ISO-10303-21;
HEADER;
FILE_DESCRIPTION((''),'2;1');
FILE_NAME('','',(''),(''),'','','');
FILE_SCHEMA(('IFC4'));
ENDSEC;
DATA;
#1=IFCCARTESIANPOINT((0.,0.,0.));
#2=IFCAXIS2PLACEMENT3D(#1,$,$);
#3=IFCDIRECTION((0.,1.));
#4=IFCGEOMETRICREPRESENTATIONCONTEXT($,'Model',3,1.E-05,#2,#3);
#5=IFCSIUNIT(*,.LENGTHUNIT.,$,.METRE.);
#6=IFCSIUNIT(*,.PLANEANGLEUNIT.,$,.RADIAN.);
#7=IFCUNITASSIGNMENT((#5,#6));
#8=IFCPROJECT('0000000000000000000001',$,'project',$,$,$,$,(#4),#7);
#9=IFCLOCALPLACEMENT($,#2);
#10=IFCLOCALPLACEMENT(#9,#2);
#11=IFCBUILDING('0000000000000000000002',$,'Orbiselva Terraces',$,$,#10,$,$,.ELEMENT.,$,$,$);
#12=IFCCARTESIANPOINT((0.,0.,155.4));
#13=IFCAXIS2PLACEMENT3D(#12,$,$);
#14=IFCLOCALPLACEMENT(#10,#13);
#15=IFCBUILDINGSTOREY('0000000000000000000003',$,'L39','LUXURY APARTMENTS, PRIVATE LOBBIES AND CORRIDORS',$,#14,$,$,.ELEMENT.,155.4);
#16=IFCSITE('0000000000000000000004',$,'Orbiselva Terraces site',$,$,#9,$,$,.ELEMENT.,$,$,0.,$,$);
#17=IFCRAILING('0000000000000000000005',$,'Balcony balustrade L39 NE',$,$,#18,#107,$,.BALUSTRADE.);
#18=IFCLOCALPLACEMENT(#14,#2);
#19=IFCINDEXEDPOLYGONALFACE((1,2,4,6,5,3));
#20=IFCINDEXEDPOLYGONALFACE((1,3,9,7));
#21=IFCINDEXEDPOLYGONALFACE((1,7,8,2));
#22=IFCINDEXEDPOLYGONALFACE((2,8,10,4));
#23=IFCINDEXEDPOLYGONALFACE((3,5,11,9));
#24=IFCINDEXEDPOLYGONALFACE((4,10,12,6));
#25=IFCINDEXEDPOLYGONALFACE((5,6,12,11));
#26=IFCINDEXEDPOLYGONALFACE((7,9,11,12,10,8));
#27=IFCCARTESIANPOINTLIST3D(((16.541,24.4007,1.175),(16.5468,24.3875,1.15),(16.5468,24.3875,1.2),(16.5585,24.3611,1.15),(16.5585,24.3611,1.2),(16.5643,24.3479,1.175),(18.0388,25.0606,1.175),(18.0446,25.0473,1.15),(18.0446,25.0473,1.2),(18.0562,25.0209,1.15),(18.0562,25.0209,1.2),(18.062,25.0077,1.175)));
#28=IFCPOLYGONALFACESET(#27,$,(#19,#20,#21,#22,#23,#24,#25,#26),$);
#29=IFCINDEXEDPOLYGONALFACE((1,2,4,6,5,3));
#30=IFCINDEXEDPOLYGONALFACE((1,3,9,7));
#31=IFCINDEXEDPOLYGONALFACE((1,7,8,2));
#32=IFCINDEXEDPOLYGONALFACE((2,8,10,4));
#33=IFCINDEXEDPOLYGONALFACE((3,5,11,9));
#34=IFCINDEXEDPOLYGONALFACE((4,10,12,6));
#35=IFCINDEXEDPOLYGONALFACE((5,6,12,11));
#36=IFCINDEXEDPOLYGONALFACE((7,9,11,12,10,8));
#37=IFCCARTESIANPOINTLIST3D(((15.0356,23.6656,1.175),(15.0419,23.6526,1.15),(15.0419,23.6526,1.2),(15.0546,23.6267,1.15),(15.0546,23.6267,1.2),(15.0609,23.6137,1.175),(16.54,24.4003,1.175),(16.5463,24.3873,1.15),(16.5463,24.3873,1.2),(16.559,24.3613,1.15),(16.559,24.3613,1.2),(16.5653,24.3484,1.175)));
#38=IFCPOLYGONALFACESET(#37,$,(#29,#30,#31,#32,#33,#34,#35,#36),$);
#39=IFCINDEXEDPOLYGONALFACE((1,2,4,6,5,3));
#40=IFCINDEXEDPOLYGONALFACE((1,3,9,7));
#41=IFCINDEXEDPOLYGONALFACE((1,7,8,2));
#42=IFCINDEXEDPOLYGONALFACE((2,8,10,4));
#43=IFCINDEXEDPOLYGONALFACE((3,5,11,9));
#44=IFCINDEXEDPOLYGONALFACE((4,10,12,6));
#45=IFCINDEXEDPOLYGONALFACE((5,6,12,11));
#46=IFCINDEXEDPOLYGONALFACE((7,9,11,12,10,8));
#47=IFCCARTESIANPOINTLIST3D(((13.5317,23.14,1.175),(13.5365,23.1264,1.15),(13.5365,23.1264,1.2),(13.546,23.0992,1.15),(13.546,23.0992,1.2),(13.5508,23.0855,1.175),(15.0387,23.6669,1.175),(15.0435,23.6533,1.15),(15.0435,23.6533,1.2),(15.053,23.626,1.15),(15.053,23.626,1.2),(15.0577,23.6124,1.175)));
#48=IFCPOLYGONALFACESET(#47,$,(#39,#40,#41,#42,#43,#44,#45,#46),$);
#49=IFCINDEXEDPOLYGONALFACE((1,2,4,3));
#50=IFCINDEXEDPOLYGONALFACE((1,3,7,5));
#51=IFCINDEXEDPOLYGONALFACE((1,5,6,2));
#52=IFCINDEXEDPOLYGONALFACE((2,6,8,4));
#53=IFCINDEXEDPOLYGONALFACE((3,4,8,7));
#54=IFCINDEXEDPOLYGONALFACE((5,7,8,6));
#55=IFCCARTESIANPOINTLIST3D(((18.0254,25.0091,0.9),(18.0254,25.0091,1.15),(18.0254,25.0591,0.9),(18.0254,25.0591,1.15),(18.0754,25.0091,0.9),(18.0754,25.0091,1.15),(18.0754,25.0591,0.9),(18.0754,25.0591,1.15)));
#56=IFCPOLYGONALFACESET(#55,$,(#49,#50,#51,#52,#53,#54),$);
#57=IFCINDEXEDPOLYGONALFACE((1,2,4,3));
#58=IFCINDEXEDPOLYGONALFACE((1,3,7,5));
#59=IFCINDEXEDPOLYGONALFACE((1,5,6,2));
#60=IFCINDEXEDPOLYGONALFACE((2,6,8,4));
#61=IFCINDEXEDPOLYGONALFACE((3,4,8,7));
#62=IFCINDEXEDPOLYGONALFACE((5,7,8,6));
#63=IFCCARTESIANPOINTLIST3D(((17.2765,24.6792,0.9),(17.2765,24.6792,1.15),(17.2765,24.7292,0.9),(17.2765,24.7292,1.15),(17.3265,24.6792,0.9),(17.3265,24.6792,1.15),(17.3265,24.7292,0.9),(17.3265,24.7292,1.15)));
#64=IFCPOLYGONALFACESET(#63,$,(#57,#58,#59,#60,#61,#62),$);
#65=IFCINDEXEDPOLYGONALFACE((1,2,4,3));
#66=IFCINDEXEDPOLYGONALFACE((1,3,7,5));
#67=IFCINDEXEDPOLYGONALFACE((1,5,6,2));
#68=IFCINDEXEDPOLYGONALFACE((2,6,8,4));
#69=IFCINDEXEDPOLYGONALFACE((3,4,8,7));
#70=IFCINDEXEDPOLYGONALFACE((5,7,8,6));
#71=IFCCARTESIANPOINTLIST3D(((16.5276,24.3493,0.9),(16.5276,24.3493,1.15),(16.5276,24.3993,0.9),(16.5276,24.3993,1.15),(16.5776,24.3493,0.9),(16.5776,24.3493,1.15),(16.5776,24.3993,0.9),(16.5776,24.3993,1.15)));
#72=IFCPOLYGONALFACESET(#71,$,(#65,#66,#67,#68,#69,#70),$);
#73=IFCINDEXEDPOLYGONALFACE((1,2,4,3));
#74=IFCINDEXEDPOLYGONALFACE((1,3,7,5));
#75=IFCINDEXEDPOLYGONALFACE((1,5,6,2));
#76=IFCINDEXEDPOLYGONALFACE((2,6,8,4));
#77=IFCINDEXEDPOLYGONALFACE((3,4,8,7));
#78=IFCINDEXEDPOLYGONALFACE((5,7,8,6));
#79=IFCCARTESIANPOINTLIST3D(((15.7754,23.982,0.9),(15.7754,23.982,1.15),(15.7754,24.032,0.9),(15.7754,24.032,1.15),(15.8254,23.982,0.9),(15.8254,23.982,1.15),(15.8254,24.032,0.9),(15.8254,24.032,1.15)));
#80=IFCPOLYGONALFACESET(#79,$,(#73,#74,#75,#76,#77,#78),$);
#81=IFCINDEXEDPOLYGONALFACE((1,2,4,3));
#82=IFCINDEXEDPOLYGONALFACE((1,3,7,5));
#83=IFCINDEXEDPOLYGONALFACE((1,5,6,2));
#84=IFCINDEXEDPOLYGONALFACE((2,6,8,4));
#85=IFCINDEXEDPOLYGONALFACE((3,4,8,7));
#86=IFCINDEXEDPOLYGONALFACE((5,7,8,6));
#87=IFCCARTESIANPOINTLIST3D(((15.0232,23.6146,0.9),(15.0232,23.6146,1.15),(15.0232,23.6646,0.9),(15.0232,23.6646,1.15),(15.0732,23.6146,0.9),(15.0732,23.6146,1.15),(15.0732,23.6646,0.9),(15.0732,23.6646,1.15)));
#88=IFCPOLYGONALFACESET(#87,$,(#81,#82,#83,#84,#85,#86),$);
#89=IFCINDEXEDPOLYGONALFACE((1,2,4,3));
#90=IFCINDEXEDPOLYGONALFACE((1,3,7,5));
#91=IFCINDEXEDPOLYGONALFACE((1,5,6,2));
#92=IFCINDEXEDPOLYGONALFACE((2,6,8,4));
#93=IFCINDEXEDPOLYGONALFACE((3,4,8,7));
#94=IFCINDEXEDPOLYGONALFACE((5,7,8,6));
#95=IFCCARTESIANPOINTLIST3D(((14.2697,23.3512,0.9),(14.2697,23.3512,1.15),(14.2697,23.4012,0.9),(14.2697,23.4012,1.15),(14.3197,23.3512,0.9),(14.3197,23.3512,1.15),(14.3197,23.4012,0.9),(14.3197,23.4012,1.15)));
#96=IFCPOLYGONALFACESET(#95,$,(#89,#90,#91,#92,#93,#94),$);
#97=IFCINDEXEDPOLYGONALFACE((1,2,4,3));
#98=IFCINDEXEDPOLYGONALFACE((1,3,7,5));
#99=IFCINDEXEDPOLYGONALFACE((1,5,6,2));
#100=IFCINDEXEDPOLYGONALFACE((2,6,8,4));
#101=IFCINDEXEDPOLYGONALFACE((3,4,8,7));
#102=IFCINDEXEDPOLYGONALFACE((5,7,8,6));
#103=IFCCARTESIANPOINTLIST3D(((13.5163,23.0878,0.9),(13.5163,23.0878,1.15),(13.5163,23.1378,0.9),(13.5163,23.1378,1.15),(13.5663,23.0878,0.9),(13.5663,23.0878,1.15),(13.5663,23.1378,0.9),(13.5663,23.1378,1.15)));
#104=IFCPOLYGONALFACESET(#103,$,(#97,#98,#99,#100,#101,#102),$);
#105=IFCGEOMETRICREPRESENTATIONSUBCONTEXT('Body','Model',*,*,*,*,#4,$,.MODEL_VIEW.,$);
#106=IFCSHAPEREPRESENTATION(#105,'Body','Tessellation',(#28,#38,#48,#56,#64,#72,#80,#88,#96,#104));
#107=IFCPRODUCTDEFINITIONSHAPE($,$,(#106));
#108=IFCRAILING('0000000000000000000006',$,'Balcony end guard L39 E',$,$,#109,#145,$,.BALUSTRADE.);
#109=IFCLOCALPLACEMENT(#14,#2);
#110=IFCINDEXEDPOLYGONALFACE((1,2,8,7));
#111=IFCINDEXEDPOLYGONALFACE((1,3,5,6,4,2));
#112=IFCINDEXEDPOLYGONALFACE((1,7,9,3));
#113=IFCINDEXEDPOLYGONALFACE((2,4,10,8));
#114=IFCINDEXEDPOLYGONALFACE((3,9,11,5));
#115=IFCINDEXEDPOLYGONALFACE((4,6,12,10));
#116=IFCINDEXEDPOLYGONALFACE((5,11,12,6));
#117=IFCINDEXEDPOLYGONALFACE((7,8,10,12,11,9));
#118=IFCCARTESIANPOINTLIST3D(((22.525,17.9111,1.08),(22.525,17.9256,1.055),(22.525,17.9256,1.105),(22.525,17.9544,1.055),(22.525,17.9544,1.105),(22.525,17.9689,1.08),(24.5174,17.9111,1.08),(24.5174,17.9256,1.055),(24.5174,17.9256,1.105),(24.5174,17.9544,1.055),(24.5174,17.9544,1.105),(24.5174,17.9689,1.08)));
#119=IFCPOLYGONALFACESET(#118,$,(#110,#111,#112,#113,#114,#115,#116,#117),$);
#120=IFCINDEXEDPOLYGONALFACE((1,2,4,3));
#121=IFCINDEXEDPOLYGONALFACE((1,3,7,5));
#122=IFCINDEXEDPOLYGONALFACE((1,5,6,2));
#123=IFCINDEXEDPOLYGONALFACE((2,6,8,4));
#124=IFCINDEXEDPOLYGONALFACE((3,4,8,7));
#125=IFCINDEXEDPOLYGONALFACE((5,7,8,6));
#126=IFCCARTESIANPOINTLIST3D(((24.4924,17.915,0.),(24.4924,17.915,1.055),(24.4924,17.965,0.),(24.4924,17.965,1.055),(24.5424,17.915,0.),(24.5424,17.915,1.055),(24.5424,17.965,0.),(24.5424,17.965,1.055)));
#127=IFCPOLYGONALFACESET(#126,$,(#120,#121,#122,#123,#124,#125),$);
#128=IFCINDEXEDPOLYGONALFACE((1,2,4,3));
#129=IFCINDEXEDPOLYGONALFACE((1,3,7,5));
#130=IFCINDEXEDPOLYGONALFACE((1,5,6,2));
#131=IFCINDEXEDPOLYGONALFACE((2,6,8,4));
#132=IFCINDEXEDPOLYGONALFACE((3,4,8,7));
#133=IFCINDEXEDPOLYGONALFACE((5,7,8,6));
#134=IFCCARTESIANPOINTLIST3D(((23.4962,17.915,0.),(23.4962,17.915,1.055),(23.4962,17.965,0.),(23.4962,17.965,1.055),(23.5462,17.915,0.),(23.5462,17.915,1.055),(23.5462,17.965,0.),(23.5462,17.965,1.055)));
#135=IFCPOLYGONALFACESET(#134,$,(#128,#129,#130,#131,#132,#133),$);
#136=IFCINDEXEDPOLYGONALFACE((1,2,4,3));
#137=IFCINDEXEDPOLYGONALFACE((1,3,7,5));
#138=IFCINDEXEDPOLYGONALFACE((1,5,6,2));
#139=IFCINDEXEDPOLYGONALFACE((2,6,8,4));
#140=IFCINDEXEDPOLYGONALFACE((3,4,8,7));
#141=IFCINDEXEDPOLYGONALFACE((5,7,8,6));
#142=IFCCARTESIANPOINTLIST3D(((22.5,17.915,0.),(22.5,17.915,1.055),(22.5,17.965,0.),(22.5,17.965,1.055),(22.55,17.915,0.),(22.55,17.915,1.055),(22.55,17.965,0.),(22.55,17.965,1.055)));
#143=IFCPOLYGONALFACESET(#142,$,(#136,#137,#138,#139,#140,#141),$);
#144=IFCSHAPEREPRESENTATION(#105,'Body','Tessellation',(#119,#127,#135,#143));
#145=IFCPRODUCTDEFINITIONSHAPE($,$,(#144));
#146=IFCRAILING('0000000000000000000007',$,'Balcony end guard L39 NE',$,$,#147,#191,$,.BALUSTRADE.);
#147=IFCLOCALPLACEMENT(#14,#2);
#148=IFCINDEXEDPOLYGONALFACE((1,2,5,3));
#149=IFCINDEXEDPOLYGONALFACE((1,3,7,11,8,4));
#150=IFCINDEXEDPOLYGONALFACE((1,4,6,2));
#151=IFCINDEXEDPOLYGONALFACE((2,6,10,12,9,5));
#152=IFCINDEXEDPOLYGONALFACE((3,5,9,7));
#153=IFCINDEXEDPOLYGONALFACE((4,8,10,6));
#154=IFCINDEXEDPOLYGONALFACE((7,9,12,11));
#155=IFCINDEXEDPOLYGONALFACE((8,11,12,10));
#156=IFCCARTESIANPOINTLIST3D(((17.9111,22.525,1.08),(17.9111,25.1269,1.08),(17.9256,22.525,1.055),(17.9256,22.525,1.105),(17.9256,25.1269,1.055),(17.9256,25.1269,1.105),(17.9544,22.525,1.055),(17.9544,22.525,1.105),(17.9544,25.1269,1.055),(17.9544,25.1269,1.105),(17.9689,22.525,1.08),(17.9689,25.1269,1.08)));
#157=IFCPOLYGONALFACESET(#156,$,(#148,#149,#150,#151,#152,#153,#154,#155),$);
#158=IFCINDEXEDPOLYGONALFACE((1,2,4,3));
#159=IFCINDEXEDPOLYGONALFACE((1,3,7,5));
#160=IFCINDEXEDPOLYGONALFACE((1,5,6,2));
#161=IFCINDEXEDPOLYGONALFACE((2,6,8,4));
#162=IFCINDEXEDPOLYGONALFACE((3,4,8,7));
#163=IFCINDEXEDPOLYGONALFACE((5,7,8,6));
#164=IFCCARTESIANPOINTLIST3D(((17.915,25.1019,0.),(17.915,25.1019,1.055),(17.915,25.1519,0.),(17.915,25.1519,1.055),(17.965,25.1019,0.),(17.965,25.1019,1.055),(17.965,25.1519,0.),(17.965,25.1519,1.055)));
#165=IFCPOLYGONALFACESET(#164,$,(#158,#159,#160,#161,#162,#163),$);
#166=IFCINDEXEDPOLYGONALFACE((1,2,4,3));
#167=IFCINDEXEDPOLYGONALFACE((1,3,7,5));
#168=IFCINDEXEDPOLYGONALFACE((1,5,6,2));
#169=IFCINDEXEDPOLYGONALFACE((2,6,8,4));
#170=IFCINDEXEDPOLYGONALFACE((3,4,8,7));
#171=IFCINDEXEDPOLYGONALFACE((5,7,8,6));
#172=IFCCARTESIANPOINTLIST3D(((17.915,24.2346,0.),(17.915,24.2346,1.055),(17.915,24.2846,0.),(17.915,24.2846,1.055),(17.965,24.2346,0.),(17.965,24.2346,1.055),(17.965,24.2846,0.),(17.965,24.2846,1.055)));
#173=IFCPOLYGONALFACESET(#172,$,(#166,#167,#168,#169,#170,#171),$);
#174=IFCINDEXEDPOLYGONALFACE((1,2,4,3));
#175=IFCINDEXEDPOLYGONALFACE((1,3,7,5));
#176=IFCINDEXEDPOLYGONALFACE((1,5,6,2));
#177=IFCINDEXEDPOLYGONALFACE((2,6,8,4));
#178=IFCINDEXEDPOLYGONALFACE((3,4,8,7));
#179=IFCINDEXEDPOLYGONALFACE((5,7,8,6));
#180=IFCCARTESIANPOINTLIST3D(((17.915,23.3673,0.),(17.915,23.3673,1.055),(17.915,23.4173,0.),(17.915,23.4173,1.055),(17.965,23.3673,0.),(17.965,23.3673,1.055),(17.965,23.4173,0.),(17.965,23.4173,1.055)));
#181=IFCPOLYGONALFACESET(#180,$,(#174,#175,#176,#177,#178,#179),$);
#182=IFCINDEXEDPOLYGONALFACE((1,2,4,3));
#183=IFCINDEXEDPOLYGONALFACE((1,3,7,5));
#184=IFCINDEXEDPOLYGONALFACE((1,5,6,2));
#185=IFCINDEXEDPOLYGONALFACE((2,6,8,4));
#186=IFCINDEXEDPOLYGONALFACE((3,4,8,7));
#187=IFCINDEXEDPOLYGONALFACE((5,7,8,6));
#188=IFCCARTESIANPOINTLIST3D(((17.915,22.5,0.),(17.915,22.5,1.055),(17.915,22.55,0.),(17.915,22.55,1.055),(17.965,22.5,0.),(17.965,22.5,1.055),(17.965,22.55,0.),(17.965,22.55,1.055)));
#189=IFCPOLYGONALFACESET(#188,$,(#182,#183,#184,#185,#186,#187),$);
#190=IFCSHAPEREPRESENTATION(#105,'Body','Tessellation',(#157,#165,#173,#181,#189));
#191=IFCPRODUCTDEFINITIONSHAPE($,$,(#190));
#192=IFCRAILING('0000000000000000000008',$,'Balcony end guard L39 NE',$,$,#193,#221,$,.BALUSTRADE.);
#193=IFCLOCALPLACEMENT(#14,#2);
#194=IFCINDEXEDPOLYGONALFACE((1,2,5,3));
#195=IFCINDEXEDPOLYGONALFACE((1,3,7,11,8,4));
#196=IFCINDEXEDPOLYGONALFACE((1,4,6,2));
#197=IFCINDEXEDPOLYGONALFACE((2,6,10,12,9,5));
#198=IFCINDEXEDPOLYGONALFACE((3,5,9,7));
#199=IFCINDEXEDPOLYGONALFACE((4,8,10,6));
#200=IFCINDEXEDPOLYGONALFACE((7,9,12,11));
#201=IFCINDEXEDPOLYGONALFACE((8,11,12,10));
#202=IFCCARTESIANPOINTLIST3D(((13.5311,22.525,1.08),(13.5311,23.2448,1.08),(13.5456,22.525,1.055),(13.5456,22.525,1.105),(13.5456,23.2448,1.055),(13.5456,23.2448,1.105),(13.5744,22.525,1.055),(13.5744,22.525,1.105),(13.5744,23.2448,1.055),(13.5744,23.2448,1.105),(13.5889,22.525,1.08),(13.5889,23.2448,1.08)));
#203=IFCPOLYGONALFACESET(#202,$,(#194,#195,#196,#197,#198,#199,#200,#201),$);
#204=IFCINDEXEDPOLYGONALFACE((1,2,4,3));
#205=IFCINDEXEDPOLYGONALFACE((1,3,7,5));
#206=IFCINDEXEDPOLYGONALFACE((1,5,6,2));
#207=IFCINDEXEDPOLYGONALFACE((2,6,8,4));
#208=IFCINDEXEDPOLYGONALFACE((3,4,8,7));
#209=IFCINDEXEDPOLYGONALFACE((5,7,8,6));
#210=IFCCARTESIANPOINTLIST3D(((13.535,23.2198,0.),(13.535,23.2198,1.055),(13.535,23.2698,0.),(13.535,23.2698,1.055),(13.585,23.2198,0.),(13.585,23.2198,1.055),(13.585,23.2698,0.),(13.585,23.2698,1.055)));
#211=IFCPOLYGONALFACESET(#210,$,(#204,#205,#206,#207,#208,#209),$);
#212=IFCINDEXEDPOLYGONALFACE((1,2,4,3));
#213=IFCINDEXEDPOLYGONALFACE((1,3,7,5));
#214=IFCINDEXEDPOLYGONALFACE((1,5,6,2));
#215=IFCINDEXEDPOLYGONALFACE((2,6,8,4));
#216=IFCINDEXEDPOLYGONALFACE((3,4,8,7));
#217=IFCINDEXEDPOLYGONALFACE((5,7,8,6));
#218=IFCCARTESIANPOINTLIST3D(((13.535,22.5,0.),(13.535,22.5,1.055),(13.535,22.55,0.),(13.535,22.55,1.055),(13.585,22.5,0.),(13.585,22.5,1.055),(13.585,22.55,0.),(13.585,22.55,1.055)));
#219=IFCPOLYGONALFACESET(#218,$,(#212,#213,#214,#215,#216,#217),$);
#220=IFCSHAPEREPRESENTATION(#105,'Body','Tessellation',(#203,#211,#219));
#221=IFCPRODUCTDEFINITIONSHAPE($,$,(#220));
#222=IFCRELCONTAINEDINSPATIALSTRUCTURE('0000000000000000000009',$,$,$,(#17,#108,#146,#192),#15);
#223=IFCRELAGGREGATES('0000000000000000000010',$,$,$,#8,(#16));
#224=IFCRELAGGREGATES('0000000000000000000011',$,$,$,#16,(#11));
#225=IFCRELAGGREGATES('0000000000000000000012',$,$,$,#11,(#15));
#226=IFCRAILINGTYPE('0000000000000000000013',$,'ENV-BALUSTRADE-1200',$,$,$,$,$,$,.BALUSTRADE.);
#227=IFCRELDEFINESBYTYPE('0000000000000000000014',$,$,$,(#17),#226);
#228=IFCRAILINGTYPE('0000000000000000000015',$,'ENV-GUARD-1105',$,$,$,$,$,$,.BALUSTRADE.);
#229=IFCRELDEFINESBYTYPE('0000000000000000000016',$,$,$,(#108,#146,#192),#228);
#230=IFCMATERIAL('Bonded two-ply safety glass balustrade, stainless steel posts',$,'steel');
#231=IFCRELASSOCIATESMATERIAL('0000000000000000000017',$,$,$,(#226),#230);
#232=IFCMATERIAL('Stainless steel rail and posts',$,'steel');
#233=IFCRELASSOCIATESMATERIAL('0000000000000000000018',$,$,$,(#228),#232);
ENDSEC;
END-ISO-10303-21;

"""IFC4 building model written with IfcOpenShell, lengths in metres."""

from ifc_helpers import new_model, si_unit, direction, frame, origin, origin_2d, place, context, subcontext, project, spatial, polyline, rectangle, outline, extrude, material, type_object, element, save


model = new_model("IFC4")

# Units and contexts
model_context = context("Model", 3, precision=1e-05, world=origin(), true_north=direction((0.0, 1.0)))
body_context = subcontext(model_context, "Body", "Model", "MODEL_VIEW")
ifc_project = project(units=[si_unit("LENGTHUNIT", "METRE"), si_unit("PLANEANGLEUNIT", "RADIAN")], contexts=[model_context])

# Site, building, storey
site_placement = place(None, origin())
site = spatial("IfcSite", under=ifc_project, at=site_placement, Name="Orbiselva Terraces site", CompositionType="ELEMENT", RefElevation=0.0)
building_placement = place(site_placement, origin())
building = spatial("IfcBuilding", under=site, at=building_placement, Name="Orbiselva Terraces", CompositionType="ELEMENT")
storey_placement = place(building_placement, frame((0.0, 0.0, 155.4)))
storey = spatial("IfcBuildingStorey", under=building, at=storey_placement, Name="L39", Description="LUXURY APARTMENTS, PRIVATE LOBBIES AND CORRIDORS", CompositionType="ELEMENT", Elevation=155.4)

# Railings
ifc_material_1 = material(Name="Bonded two-ply safety glass balustrade, stainless steel posts", Category="steel")
railing_type_1 = type_object("IfcRailingType", Name="ENV-BALUSTRADE-1200", PredefinedType="BALUSTRADE", material=ifc_material_1)
railing_1_placement = place(storey_placement, frame((18.0504, 25.0341, 0.9)))
element("IfcRailing", 1, at=railing_1_placement, inside=storey, type_object=railing_type_1, Name="Balcony balustrade L39 NE", PredefinedType="BALUSTRADE", context=body_context, shape_type="SweptSolid", body=[
    extrude(outline(polyline([(0.0289, 0.0), (0.0144, 0.025), (-0.0144, 0.025), (-0.0289, 0.0), (-0.0144, -0.025), (0.0144, -0.025), (0.0289, 0.0)])), frame((0.0, 0.0, 0.275), z_axis=(-0.915133, -0.403151, 0.0), x_axis=(0.403151, -0.915133, 0.0)), (0.0, 0.0, 1.0), 1.6366),
    extrude(outline(polyline([(0.0289, 0.0), (0.0144, 0.025), (-0.0144, 0.025), (-0.0289, 0.0), (-0.0144, -0.025), (0.0144, -0.025), (0.0289, 0.0)])), frame((-1.4978, -0.6598, 0.275), z_axis=(-0.898579, -0.438812, 0.0), x_axis=(0.438812, -0.898579, 0.0)), (0.0, 0.0, 1.0), 1.6742),
    extrude(outline(polyline([(0.0289, 0.0), (0.0144, 0.025), (-0.0144, 0.025), (-0.0289, 0.0), (-0.0144, -0.025), (0.0144, -0.025), (0.0289, 0.0)])), frame((-3.0022, -1.3945, 0.275), z_axis=(-0.943972, -0.330025, 0.0), x_axis=(0.330025, -0.943972, 0.0)), (0.0, 0.0, 1.0), 1.5964),
    extrude(rectangle(XDim=0.05, YDim=0.05, at=origin_2d()), origin(), (0.0, 0.0, 1.0), 0.25),
    extrude(rectangle(XDim=0.05, YDim=0.05, at=origin_2d()), frame((-0.7489, -0.3299, 0.0)), (0.0, 0.0, 1.0), 0.25),
    extrude(rectangle(XDim=0.05, YDim=0.05, at=origin_2d()), frame((-1.4978, -0.6598, 0.0)), (0.0, 0.0, 1.0), 0.25),
    extrude(rectangle(XDim=0.05, YDim=0.05, at=origin_2d()), frame((-2.25, -1.0272, 0.0)), (0.0, 0.0, 1.0), 0.25),
    extrude(rectangle(XDim=0.05, YDim=0.05, at=origin_2d()), frame((-3.0022, -1.3945, 0.0)), (0.0, 0.0, 1.0), 0.25),
    extrude(rectangle(XDim=0.05, YDim=0.05, at=origin_2d()), frame((-3.7557, -1.6579, 0.0)), (0.0, 0.0, 1.0), 0.25),
    extrude(rectangle(XDim=0.05, YDim=0.05, at=origin_2d()), frame((-4.5091, -1.9213, 0.0)), (0.0, 0.0, 1.0), 0.25),
])
ifc_material_2 = material(Name="Stainless steel rail and posts", Category="steel")
railing_type_2 = type_object("IfcRailingType", Name="ENV-GUARD-1105", PredefinedType="BALUSTRADE", material=ifc_material_2)
railing_2_placement = place(storey_placement, frame((24.5174, 17.94, 0.0)))
element("IfcRailing", 2, at=railing_2_placement, inside=storey, type_object=railing_type_2, Name="Balcony end guard L39 E", PredefinedType="BALUSTRADE", context=body_context, shape_type="SweptSolid", body=[
    extrude(outline(polyline([(0.0289, 0.0), (0.0144, 0.025), (-0.0144, 0.025), (-0.0289, 0.0), (-0.0144, -0.025), (0.0144, -0.025), (0.0289, 0.0)])), frame((0.0, 0.0, 1.08), z_axis=(-1.0, 0.0, 0.0), x_axis=(0.0, -1.0, 0.0)), (0.0, 0.0, 1.0), 1.9924),
    extrude(rectangle(XDim=0.05, YDim=0.05, at=origin_2d()), origin(), (0.0, 0.0, 1.0), 1.055),
    extrude(rectangle(XDim=0.05, YDim=0.05, at=origin_2d()), frame((-0.9962, 0.0, 0.0)), (0.0, 0.0, 1.0), 1.055),
    extrude(rectangle(XDim=0.05, YDim=0.05, at=origin_2d()), frame((-1.9924, 0.0, 0.0)), (0.0, 0.0, 1.0), 1.055),
])
railing_3_placement = place(storey_placement, frame((17.94, 25.1269, 0.0)))
element("IfcRailing", 3, at=railing_3_placement, inside=storey, type_object=railing_type_2, Name="Balcony end guard L39 NE", PredefinedType="BALUSTRADE", context=body_context, shape_type="SweptSolid", body=[
    extrude(outline(polyline([(0.0289, 0.0), (0.0144, 0.025), (-0.0144, 0.025), (-0.0289, 0.0), (-0.0144, -0.025), (0.0144, -0.025), (0.0289, 0.0)])), frame((0.0, 0.0, 1.08), z_axis=(0.0, -1.0, 0.0), x_axis=(1.0, 0.0, 0.0)), (0.0, 0.0, 1.0), 2.6019),
    extrude(rectangle(XDim=0.05, YDim=0.05, at=origin_2d()), origin(), (0.0, 0.0, 1.0), 1.055),
    extrude(rectangle(XDim=0.05, YDim=0.05, at=origin_2d()), frame((0.0, -0.8673, 0.0)), (0.0, 0.0, 1.0), 1.055),
    extrude(rectangle(XDim=0.05, YDim=0.05, at=origin_2d()), frame((0.0, -1.7346, 0.0)), (0.0, 0.0, 1.0), 1.055),
    extrude(rectangle(XDim=0.05, YDim=0.05, at=origin_2d()), frame((0.0, -2.6019, 0.0)), (0.0, 0.0, 1.0), 1.055),
])
railing_4_placement = place(storey_placement, frame((13.56, 23.2448, 0.0)))
element("IfcRailing", 4, at=railing_4_placement, inside=storey, type_object=railing_type_2, Name="Balcony end guard L39 NE", PredefinedType="BALUSTRADE", context=body_context, shape_type="SweptSolid", body=[
    extrude(outline(polyline([(0.0289, 0.0), (0.0144, 0.025), (-0.0144, 0.025), (-0.0289, 0.0), (-0.0144, -0.025), (0.0144, -0.025), (0.0289, 0.0)])), frame((0.0, 0.0, 1.08), z_axis=(0.0, -1.0, 0.0), x_axis=(1.0, 0.0, 0.0)), (0.0, 0.0, 1.0), 0.7198),
    extrude(rectangle(XDim=0.05, YDim=0.05, at=origin_2d()), origin(), (0.0, 0.0, 1.0), 1.055),
    extrude(rectangle(XDim=0.05, YDim=0.05, at=origin_2d()), frame((0.0, -0.7198, 0.0)), (0.0, 0.0, 1.0), 1.055),
])

save(model, "model.ifc")
